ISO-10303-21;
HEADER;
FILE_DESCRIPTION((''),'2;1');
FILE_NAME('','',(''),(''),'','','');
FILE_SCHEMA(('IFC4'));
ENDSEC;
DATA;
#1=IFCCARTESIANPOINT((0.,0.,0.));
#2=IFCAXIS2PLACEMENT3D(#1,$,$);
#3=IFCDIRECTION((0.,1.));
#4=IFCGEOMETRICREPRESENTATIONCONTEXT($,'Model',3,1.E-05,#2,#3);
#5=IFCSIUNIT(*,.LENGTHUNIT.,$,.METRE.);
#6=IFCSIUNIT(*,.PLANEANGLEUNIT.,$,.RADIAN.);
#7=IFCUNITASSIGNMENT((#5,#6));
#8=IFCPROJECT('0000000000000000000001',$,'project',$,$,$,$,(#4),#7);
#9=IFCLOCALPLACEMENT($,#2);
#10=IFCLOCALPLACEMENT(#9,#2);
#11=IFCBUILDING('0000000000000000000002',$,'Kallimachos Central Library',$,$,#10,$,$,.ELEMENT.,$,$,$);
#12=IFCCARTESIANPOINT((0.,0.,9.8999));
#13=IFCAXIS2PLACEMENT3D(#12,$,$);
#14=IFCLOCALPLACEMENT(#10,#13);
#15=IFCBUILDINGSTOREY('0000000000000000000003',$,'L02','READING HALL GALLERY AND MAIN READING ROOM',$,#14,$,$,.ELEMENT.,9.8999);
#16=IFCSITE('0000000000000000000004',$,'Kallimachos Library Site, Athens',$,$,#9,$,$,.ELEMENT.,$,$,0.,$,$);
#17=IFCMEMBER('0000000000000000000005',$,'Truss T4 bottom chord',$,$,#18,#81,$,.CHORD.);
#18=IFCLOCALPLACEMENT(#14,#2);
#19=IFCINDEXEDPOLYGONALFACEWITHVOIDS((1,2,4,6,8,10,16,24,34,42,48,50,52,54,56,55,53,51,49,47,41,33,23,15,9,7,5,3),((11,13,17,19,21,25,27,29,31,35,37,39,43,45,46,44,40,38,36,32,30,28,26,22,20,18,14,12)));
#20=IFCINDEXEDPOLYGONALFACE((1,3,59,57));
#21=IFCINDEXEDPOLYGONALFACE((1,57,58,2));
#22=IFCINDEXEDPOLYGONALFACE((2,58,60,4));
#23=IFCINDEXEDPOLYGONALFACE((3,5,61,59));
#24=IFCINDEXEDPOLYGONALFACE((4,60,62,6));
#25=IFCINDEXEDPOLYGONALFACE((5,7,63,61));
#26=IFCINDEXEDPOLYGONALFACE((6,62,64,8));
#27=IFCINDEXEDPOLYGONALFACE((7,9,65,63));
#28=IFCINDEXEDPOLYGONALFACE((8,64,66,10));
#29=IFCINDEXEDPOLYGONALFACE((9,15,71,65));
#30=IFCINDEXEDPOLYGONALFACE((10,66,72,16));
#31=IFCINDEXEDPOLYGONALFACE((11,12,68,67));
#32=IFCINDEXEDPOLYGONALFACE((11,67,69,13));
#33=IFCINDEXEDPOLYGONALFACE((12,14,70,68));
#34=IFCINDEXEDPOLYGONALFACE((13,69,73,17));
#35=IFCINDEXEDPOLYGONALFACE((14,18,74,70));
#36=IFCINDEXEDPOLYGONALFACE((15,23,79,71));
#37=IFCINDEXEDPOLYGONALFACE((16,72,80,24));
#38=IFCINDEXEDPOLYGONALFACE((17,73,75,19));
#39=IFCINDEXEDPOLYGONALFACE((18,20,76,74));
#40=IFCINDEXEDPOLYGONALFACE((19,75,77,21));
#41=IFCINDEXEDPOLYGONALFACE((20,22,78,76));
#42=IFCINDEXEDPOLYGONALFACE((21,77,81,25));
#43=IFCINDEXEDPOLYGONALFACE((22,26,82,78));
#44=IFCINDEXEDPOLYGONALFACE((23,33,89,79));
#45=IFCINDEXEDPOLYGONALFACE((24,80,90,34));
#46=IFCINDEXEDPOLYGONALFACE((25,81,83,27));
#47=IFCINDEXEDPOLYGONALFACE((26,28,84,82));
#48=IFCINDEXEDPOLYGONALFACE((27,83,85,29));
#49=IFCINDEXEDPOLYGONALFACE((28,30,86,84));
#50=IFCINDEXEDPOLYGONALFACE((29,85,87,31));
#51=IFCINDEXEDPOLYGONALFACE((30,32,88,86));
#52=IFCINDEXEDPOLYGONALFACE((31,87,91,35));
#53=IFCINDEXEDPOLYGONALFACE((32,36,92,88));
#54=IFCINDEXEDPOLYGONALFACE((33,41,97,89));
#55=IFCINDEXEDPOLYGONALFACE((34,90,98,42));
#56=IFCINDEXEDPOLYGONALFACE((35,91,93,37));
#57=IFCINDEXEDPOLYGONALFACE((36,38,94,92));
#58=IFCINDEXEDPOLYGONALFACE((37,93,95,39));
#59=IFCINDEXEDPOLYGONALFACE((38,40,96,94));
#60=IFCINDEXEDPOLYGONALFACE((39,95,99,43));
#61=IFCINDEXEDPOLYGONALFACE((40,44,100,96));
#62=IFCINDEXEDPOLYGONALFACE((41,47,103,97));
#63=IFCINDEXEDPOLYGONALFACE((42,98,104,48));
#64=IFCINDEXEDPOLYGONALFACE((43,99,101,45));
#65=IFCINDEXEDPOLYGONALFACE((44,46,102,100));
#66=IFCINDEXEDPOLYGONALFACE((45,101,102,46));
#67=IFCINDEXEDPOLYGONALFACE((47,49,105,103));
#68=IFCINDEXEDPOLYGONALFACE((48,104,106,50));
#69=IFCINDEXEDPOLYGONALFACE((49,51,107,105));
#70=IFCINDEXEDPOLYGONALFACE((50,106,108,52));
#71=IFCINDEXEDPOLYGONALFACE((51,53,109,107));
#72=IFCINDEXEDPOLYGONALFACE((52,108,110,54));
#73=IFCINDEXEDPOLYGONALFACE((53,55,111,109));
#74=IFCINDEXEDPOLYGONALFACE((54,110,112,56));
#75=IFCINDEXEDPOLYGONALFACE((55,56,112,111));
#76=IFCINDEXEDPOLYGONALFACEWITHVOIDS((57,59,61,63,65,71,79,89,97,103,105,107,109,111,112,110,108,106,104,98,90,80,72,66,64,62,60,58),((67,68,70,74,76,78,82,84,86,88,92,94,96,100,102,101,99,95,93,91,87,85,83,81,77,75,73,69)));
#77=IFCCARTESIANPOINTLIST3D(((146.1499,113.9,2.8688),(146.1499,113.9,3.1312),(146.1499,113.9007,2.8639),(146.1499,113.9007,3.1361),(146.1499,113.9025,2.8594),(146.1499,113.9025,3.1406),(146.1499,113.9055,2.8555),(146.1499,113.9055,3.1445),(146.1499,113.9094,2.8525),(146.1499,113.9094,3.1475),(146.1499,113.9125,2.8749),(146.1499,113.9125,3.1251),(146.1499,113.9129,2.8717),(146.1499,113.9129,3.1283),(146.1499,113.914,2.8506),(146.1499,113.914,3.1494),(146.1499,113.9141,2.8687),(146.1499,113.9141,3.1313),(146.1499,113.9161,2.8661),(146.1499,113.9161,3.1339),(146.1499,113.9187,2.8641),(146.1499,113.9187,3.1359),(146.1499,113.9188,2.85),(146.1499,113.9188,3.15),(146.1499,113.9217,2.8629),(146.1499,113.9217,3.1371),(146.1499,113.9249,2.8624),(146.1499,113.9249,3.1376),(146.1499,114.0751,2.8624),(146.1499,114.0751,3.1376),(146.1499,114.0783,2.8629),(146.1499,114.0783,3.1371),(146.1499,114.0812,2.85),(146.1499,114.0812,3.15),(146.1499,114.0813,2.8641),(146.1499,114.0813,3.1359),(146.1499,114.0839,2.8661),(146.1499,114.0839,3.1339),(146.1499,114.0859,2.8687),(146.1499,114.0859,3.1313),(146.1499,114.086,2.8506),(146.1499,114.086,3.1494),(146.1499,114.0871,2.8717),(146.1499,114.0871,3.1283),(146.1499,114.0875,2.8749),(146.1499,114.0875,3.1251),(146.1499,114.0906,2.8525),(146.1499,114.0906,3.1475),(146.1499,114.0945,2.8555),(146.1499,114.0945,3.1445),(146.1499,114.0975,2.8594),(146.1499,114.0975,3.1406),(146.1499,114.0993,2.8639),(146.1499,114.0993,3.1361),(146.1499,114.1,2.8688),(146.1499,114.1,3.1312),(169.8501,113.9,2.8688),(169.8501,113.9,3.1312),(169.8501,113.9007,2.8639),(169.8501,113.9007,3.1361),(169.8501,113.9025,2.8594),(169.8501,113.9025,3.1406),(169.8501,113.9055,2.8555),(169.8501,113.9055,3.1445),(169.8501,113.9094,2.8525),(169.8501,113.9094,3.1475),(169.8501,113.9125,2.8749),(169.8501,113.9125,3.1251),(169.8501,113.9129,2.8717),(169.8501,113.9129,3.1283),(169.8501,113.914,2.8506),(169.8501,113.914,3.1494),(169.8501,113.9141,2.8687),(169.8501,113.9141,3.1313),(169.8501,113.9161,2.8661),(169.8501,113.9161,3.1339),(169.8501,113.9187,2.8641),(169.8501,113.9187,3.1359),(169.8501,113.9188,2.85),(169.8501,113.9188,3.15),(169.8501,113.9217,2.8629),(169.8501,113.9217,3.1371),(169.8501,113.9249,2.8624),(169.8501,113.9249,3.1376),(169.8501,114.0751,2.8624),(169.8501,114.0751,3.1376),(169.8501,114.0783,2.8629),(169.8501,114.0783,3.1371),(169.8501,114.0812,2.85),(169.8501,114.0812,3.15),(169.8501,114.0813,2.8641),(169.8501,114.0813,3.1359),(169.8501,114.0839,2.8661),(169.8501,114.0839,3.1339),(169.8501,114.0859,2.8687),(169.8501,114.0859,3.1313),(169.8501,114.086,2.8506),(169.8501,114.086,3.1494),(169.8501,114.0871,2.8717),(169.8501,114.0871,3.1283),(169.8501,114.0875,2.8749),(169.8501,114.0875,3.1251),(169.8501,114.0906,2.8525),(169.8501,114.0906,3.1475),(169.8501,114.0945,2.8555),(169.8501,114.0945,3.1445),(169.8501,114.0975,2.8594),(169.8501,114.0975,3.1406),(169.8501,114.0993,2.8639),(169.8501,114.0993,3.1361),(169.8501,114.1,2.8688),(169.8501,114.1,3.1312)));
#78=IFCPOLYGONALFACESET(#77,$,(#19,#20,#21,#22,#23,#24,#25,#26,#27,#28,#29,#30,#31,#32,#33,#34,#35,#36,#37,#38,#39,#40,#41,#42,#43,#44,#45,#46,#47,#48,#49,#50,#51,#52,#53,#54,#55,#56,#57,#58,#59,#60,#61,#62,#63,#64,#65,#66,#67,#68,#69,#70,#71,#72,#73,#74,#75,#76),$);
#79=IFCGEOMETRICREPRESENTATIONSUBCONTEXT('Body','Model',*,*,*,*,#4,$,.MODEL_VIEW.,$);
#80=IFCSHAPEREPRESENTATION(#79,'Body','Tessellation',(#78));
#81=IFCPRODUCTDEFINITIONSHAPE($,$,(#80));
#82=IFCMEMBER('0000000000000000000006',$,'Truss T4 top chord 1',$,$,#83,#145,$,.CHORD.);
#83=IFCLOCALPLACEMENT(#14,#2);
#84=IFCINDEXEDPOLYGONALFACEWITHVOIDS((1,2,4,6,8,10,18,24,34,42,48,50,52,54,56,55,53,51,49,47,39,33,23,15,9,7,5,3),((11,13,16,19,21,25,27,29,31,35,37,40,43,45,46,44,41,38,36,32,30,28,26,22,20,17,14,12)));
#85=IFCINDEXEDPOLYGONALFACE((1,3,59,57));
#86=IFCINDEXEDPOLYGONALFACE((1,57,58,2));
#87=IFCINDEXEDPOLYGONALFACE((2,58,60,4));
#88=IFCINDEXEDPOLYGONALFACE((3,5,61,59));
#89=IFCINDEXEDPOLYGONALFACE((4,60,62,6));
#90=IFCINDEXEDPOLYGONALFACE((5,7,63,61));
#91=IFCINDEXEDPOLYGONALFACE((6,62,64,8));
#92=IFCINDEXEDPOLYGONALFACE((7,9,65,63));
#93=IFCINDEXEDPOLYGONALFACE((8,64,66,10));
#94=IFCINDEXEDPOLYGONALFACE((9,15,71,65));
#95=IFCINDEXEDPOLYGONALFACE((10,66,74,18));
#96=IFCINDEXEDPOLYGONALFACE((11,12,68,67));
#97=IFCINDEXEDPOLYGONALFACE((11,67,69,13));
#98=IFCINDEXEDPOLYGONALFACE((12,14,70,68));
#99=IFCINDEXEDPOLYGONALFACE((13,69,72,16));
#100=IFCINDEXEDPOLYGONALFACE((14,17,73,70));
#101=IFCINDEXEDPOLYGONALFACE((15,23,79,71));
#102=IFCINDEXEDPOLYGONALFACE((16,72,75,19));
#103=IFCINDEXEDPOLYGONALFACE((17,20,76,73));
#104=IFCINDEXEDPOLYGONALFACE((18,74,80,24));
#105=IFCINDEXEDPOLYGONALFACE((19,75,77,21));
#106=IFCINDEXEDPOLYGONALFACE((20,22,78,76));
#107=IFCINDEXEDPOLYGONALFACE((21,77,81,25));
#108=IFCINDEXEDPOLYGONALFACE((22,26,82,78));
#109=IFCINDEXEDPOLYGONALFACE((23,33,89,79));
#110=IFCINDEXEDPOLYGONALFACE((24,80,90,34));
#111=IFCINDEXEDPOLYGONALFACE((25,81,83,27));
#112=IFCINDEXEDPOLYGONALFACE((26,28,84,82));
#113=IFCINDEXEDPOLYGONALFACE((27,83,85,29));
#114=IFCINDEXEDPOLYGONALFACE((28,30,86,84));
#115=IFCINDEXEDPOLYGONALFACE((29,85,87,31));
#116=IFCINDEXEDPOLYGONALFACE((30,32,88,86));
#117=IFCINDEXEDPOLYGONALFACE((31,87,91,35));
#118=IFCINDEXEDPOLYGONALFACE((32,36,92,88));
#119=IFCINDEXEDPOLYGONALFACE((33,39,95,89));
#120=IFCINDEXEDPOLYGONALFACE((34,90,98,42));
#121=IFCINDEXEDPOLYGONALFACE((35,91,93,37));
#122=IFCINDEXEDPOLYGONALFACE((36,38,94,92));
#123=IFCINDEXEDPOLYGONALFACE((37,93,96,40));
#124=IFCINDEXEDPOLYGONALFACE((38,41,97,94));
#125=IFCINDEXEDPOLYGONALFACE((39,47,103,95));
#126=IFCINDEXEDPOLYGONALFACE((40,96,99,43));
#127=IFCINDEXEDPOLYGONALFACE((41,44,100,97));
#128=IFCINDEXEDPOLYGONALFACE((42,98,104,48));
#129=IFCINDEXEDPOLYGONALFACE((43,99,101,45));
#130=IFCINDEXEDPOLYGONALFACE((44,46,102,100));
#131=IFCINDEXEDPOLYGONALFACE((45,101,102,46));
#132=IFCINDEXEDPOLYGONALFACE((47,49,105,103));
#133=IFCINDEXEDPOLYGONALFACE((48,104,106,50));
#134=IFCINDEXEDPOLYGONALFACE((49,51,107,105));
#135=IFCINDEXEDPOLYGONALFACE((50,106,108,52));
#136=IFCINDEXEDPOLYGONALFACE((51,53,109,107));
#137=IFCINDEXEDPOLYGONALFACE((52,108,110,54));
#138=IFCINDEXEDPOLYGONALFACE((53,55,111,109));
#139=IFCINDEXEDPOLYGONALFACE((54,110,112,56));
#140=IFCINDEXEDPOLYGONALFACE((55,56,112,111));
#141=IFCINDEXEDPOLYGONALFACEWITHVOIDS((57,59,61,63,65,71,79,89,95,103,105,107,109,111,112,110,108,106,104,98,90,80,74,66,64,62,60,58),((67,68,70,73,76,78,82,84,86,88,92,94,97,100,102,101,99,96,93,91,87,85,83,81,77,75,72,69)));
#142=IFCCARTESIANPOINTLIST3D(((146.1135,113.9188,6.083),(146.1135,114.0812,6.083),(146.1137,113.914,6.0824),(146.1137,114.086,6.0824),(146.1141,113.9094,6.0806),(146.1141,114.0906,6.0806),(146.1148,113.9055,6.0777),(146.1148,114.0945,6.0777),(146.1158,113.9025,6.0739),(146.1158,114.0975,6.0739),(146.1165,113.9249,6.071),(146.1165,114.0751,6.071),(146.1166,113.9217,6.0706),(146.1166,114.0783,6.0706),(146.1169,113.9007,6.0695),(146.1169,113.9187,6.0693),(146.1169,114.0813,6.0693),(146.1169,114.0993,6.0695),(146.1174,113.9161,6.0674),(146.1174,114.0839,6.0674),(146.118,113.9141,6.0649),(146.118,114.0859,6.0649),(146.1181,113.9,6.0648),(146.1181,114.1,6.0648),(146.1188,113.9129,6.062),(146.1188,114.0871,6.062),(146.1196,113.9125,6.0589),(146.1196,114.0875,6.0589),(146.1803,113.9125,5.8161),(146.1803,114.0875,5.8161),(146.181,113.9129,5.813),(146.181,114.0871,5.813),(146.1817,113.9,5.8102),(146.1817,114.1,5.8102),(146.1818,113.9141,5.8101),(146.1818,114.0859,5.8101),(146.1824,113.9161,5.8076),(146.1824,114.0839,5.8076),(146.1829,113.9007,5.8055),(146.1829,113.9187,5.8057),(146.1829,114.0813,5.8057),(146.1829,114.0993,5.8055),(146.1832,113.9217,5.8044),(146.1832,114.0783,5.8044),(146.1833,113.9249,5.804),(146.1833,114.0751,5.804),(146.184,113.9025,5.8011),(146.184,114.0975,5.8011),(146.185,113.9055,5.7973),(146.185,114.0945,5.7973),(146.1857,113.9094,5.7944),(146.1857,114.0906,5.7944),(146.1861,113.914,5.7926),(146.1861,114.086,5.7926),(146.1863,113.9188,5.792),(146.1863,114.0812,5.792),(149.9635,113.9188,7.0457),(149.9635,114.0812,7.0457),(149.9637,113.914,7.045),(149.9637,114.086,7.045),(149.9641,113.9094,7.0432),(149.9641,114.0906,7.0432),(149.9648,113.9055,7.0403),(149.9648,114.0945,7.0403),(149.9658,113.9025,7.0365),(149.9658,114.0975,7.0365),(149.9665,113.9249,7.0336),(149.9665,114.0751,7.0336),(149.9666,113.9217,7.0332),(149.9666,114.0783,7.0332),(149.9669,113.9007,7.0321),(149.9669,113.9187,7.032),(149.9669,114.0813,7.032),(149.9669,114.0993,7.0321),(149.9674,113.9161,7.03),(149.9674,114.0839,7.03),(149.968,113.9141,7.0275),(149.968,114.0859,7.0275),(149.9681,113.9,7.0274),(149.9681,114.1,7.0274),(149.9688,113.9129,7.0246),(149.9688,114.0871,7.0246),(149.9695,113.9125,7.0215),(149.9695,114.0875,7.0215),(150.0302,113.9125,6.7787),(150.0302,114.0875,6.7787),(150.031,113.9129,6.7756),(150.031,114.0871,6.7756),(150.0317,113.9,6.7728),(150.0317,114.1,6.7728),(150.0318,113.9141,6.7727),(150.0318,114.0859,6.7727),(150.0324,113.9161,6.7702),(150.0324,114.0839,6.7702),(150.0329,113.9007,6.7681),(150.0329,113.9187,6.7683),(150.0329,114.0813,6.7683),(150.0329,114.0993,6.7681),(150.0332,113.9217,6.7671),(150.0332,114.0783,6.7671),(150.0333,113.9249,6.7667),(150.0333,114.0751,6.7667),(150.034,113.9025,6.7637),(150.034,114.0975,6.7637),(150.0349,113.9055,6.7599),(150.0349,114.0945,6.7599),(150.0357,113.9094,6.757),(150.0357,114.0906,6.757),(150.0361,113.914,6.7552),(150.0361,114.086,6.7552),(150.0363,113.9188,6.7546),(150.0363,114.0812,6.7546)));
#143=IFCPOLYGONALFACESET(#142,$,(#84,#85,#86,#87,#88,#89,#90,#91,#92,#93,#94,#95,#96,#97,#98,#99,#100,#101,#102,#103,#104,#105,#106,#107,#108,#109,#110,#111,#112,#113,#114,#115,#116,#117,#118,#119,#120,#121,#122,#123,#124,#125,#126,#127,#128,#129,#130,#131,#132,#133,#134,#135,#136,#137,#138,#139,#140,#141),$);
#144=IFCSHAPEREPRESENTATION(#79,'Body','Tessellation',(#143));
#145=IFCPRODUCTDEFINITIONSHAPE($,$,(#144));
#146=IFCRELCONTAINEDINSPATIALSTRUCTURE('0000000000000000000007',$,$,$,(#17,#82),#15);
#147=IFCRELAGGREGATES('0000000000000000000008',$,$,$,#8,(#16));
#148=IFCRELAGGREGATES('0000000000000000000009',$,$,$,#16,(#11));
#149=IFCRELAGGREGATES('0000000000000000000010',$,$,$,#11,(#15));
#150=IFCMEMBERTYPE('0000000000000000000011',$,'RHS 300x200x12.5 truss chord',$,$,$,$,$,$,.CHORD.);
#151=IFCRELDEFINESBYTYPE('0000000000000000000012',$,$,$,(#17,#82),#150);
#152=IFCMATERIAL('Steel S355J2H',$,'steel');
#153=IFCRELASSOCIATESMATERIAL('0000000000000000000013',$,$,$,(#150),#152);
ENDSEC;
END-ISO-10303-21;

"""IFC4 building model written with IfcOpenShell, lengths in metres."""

from ifc_helpers import new_model, si_unit, direction, frame, origin, origin_2d, place, context, subcontext, project, spatial, hollow_rectangle, extrude, material, material_profile, profile_set, type_object, element, save


model = new_model("IFC4")

# Units and contexts
model_context = context("Model", 3, precision=1e-05, world=origin(), true_north=direction((0.0, 1.0)))
body_context = subcontext(model_context, "Body", "Model", "MODEL_VIEW")
ifc_project = project(units=[si_unit("LENGTHUNIT", "METRE"), si_unit("PLANEANGLEUNIT", "RADIAN")], contexts=[model_context])

# Site, building, storey
site_placement = place(None, origin())
site = spatial("IfcSite", under=ifc_project, at=site_placement, Name="Kallimachos Library Site, Athens", CompositionType="ELEMENT", RefElevation=0.0)
building_placement = place(site_placement, origin())
building = spatial("IfcBuilding", under=site, at=building_placement, Name="Kallimachos Central Library", CompositionType="ELEMENT")
storey_placement = place(building_placement, frame((0.0, 0.0, 9.8999)))
storey = spatial("IfcBuildingStorey", under=building, at=storey_placement, Name="L02", Description="READING HALL GALLERY AND MAIN READING ROOM", CompositionType="ELEMENT", Elevation=9.8999)

# Members
ifc_material_1 = material(Name="Steel S355J2H", Category="steel")
ifc_material_profile_1 = material_profile(ifc_material_1, hollow_rectangle(XDim=0.2, YDim=0.3, WallThickness=0.0125, InnerFilletRadius=0.0125, OuterFilletRadius=0.0188, at=origin_2d()), Name="RHS 300x200x12.5")
ifc_profile_set_1 = profile_set([ifc_material_profile_1], Name="Steel S355J2H")
member_type_1 = type_object("IfcMemberType", Name="RHS 300x200x12.5 truss chord", PredefinedType="CHORD", material=ifc_profile_set_1)
member_1_placement = place(storey_placement, frame((146.1499, 114.0, 3.0), z_axis=(1.0, 0.0, 0.0), x_axis=(0.0, 1.0, 0.0)))
element("IfcMember", 1, at=member_1_placement, inside=storey, type_object=member_type_1, Name="Truss T4 bottom chord", PredefinedType="CHORD", context=body_context, shape_type="SweptSolid", body=[
    extrude(hollow_rectangle(XDim=0.2, YDim=0.3, WallThickness=0.0125, InnerFilletRadius=0.0125, OuterFilletRadius=0.0188, at=origin_2d()), origin(), (0.0, 0.0, 1.0), 23.7002),
])
member_2_placement = place(storey_placement, frame((146.1499, 114.0, 5.9375), z_axis=(0.970135, 0.0, 0.242565), x_axis=(0.0, 1.0, 0.0)))
element("IfcMember", 2, at=member_2_placement, inside=storey, type_object=member_type_1, Name="Truss T4 top chord 1", PredefinedType="CHORD", context=body_context, shape_type="SweptSolid", body=[
    extrude(hollow_rectangle(XDim=0.2, YDim=0.3, WallThickness=0.0125, InnerFilletRadius=0.0125, OuterFilletRadius=0.0188, at=origin_2d()), origin(), (0.0, 0.0, 1.0), 3.9685),
])

save(model, "model.ifc")
